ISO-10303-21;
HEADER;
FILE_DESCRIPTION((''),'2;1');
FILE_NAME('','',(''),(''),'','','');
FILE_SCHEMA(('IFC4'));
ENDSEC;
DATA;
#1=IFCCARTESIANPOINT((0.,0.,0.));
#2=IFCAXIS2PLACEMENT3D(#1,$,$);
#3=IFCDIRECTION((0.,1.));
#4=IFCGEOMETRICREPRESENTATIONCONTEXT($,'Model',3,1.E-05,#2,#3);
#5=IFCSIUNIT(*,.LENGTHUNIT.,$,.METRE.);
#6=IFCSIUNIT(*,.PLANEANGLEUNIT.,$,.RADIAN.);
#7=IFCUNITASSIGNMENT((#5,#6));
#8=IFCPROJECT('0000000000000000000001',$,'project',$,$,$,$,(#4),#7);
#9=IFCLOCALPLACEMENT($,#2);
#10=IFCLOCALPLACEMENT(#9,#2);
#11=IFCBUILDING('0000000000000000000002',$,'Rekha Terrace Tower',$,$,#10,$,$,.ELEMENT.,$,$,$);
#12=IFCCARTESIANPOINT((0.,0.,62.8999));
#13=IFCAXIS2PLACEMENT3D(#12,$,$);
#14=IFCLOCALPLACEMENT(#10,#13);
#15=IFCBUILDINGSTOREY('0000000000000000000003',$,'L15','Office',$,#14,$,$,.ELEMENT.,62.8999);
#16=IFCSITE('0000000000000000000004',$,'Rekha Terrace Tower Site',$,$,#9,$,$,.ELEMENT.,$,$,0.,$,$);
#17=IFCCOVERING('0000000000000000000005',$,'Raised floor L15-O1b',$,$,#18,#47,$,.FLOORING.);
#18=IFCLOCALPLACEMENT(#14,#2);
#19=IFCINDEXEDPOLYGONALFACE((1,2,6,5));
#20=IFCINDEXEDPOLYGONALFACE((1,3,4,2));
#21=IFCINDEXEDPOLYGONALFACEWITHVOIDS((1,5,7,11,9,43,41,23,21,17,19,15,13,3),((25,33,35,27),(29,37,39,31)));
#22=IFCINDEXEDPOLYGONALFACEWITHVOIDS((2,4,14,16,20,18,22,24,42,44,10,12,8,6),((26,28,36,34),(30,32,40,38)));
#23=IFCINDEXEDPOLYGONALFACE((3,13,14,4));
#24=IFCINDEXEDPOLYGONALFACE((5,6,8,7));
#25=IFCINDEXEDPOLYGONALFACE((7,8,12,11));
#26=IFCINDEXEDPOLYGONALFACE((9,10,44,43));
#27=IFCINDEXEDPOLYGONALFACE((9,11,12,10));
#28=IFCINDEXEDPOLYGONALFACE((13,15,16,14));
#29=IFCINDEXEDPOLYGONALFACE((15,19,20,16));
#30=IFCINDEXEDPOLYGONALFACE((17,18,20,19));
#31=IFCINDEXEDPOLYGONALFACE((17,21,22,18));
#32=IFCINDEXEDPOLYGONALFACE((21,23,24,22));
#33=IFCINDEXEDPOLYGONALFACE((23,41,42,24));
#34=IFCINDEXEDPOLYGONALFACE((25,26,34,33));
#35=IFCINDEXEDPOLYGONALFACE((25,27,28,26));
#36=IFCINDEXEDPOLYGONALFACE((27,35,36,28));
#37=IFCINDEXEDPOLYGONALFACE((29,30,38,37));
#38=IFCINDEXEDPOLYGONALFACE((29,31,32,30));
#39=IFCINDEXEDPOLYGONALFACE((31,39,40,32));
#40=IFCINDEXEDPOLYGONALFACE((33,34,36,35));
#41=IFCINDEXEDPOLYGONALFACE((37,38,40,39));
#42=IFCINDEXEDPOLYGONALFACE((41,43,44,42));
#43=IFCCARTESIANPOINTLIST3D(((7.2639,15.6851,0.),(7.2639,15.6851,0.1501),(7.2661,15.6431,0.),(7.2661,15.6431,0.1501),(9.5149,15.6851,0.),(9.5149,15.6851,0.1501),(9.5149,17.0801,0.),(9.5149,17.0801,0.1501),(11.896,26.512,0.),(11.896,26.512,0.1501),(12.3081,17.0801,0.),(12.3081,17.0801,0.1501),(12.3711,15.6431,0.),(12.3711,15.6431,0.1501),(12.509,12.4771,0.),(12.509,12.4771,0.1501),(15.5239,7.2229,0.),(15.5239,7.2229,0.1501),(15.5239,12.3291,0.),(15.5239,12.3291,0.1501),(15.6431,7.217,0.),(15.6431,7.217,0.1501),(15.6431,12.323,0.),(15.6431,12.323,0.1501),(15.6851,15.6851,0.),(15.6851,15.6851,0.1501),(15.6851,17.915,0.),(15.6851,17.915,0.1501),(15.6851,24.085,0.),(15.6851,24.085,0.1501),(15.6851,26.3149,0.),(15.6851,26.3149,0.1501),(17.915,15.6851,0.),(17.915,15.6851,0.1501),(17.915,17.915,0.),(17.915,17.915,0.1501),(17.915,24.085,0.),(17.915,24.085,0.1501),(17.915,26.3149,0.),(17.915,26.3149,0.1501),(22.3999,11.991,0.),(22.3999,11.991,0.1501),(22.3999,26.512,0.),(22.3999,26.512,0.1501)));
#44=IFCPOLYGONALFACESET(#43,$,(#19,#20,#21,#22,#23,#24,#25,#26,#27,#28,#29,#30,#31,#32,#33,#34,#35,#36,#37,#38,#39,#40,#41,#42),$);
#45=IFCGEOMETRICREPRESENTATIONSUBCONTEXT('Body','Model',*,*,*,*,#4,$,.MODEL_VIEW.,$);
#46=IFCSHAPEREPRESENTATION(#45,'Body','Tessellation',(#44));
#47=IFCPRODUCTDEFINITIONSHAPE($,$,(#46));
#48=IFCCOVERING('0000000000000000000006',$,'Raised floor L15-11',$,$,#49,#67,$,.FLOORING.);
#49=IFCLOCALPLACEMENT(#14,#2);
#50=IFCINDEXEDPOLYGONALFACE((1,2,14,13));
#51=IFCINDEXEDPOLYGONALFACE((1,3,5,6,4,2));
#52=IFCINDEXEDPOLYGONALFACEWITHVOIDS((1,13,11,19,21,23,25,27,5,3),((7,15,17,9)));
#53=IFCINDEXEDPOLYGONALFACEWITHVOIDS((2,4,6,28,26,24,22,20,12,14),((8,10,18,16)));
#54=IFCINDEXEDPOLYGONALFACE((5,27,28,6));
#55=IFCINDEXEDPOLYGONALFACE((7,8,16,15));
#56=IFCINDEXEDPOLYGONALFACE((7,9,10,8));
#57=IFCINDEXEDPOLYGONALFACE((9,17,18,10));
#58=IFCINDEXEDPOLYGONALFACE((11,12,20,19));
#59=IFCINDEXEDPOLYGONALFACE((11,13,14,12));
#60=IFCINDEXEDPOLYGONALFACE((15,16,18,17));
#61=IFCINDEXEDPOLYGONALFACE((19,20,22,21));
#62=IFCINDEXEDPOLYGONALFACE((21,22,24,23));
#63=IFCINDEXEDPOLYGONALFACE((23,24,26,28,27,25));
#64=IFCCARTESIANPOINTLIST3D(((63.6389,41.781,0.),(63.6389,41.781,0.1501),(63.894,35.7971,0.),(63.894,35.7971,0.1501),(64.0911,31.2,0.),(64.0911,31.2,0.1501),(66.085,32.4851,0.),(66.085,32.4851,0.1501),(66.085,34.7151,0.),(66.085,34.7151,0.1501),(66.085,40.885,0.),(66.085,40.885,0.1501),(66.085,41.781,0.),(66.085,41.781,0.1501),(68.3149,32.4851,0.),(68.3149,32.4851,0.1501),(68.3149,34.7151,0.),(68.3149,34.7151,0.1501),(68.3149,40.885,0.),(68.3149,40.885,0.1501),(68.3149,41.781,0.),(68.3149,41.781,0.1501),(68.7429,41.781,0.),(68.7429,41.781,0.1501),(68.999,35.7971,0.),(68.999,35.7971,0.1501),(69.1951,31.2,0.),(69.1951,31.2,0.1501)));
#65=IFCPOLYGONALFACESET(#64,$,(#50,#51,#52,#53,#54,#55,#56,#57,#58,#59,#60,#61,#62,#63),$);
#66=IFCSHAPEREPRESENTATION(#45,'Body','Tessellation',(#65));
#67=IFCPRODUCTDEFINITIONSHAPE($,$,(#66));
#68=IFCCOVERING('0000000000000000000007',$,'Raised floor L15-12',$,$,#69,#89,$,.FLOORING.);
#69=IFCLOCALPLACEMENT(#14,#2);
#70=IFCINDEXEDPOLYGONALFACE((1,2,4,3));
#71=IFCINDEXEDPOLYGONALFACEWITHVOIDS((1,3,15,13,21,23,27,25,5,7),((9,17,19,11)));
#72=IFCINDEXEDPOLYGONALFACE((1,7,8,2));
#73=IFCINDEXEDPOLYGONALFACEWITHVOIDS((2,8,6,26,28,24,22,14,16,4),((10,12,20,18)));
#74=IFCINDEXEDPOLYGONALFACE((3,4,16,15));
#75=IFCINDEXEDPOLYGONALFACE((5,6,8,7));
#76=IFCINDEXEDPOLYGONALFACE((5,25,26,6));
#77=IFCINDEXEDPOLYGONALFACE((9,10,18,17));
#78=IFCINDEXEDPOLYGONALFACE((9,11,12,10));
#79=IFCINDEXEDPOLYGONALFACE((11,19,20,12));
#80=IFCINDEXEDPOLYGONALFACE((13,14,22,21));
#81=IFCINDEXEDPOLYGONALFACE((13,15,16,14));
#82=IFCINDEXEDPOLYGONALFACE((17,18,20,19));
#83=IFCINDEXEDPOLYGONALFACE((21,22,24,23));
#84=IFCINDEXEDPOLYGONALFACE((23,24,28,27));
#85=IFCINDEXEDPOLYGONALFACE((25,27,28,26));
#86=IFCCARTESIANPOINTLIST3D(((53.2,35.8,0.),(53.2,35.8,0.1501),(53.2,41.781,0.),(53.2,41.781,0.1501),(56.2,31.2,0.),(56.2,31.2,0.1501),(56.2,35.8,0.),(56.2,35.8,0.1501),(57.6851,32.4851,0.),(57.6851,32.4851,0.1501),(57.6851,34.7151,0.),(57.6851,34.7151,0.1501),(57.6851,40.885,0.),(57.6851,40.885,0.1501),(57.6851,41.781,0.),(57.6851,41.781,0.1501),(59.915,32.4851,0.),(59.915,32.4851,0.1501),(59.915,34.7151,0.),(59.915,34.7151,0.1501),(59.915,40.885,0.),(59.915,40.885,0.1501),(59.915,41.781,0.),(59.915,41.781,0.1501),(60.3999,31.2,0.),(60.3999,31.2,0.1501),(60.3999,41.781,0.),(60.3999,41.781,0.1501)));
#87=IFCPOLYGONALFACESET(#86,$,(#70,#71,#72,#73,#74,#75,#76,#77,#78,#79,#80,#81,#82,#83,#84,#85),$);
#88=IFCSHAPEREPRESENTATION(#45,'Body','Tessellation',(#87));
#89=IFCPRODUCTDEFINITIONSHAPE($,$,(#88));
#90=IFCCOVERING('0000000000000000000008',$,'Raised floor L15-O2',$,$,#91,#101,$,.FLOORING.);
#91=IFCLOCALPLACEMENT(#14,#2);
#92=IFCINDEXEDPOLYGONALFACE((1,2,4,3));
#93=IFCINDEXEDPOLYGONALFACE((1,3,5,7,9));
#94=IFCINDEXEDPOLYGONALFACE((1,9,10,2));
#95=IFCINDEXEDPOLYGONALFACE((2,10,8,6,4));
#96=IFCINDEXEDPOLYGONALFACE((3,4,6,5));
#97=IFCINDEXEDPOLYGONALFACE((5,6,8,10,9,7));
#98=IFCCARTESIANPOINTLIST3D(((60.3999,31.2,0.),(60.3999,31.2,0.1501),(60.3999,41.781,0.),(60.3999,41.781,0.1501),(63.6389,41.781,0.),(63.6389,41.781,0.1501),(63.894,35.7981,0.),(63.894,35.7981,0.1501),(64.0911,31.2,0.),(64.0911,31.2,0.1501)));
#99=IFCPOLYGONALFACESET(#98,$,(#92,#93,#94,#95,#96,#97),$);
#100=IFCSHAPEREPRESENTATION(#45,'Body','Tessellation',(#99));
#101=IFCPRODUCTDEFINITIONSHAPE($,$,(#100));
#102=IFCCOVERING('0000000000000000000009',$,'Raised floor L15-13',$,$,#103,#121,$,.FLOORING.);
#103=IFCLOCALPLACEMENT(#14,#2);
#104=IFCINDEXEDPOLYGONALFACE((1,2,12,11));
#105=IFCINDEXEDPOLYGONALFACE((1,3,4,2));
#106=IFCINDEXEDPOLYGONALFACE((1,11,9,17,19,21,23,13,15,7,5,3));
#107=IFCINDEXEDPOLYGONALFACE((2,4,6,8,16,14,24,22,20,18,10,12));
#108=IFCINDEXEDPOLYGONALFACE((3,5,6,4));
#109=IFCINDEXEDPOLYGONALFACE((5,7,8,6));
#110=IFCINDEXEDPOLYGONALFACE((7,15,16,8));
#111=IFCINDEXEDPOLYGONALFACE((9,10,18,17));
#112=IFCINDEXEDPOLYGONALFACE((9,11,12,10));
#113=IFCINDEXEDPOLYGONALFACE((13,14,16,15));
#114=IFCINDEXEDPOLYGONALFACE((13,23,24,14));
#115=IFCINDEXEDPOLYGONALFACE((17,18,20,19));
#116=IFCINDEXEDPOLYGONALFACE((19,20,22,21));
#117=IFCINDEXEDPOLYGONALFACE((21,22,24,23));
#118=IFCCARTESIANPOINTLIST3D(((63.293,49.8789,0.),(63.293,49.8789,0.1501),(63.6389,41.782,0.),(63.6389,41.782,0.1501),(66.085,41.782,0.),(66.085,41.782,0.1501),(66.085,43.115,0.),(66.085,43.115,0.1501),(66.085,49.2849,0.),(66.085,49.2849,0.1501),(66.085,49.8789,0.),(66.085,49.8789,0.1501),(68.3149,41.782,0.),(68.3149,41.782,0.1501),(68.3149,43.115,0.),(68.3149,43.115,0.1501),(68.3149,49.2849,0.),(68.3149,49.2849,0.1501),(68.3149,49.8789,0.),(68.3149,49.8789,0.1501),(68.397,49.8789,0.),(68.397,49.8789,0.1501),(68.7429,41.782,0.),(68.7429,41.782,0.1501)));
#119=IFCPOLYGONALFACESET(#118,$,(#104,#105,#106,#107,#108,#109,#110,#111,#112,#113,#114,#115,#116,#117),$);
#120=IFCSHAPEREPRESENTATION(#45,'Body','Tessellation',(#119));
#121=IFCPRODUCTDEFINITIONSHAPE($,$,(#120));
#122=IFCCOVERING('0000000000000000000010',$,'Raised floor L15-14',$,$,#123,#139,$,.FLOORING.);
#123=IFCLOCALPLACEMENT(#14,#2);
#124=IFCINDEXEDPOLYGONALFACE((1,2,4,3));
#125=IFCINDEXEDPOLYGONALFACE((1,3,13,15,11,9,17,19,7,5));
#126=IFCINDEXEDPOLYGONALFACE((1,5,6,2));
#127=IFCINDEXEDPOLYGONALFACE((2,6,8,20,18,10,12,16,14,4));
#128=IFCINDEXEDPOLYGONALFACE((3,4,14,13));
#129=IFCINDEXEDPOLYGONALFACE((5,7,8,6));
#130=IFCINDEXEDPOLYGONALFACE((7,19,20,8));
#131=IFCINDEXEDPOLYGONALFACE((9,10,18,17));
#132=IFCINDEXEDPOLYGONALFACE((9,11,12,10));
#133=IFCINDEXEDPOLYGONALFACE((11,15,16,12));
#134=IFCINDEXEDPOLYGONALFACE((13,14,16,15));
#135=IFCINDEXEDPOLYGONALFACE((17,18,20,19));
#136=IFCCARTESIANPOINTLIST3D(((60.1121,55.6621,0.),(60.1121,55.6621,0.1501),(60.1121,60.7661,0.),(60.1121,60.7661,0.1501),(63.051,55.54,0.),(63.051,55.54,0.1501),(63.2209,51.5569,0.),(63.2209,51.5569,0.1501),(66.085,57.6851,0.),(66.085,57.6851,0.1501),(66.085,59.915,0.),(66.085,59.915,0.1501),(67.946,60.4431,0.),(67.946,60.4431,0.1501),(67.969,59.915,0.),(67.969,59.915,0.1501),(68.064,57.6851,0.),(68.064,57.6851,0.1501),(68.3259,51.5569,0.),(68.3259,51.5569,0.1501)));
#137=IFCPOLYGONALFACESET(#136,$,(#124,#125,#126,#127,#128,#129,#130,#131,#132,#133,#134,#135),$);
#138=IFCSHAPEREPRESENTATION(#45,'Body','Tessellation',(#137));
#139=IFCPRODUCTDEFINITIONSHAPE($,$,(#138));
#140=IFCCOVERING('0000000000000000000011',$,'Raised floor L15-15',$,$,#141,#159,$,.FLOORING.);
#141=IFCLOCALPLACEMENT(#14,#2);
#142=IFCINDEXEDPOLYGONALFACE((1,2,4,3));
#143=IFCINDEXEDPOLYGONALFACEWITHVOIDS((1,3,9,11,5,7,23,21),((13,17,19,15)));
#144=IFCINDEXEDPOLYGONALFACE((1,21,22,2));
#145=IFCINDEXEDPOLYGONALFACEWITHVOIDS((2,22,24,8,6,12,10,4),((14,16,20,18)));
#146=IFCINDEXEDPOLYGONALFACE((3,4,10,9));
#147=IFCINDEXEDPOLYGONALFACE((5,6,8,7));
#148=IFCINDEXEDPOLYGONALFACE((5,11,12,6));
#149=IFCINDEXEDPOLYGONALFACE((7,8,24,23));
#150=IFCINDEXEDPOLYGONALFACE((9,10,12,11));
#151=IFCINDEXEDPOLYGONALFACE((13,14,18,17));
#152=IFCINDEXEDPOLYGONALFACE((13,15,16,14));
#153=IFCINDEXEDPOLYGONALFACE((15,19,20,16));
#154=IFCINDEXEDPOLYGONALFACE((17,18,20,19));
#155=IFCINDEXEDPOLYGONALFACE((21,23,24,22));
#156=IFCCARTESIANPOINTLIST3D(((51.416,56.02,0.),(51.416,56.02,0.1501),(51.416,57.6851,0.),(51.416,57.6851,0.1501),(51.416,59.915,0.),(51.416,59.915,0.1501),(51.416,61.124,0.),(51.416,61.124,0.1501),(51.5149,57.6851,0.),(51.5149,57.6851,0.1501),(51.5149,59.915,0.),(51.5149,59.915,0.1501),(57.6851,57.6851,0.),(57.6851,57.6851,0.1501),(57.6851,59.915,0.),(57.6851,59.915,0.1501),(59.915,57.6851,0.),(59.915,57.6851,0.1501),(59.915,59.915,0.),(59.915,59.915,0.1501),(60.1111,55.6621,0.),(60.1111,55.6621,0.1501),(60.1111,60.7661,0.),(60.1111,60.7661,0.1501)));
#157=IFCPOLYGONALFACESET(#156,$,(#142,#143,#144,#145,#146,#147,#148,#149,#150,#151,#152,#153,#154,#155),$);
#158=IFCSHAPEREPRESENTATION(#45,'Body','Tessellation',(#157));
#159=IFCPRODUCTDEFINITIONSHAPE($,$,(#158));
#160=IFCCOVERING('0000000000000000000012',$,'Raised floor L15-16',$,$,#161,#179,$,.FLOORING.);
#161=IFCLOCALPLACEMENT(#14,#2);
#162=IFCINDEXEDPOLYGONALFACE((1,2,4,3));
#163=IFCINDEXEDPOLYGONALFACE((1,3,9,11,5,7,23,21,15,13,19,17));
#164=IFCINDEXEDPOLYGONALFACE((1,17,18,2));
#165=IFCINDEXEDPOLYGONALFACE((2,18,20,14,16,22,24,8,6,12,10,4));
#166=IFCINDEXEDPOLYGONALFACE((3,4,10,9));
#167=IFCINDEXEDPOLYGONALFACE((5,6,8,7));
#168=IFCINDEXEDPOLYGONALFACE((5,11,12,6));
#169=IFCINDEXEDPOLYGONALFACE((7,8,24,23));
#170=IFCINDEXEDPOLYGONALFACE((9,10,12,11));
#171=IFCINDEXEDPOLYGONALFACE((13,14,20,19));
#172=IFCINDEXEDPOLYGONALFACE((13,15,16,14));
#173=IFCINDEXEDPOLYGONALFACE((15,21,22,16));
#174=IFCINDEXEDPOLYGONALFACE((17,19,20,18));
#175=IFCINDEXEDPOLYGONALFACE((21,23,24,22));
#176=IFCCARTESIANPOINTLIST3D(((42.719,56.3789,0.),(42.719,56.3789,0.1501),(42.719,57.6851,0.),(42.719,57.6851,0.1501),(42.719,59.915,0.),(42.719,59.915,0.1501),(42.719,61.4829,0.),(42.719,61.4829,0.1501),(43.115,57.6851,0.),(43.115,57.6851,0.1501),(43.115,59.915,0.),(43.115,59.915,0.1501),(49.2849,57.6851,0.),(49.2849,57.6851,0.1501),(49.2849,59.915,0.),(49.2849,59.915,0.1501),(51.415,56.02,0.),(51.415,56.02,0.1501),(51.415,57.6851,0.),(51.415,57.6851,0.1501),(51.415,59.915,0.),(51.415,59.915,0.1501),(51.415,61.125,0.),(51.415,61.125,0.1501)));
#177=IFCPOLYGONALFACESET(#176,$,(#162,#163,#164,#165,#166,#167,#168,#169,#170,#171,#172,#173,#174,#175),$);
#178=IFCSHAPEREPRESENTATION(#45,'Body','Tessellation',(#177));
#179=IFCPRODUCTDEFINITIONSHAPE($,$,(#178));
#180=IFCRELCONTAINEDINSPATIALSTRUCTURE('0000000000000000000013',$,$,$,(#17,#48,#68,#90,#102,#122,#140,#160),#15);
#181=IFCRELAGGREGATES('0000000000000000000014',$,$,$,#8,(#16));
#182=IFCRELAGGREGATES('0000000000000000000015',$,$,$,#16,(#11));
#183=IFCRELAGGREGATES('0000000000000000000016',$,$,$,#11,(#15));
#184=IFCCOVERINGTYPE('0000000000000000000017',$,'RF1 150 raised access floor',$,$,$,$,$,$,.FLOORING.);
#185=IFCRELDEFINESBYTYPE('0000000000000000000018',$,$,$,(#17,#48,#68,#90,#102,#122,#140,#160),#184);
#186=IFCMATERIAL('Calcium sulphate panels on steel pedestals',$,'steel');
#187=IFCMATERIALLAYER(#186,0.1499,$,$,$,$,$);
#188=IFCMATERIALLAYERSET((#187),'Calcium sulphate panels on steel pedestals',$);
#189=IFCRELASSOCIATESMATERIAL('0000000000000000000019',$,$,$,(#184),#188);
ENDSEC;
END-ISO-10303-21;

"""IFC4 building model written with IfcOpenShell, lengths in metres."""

from ifc_helpers import new_model, si_unit, direction, frame, origin, place, context, subcontext, project, spatial, polyline, outline, extrude, material, layer, layer_set, type_object, element, save


model = new_model("IFC4")

# Units and contexts
model_context = context("Model", 3, precision=1e-05, world=origin(), true_north=direction((0.0, 1.0)))
body_context = subcontext(model_context, "Body", "Model", "MODEL_VIEW")
ifc_project = project(units=[si_unit("LENGTHUNIT", "METRE"), si_unit("PLANEANGLEUNIT", "RADIAN")], contexts=[model_context])

# Site, building, storey
site_placement = place(None, origin())
site = spatial("IfcSite", under=ifc_project, at=site_placement, Name="Rekha Terrace Tower Site", CompositionType="ELEMENT", RefElevation=0.0)
building_placement = place(site_placement, origin())
building = spatial("IfcBuilding", under=site, at=building_placement, Name="Rekha Terrace Tower", CompositionType="ELEMENT")
storey_placement = place(building_placement, frame((0.0, 0.0, 62.8999)))
storey = spatial("IfcBuildingStorey", under=building, at=storey_placement, Name="L15", Description="Office", CompositionType="ELEMENT", Elevation=62.8999)

# Coverings
ifc_material_1 = material(Name="Calcium sulphate panels on steel pedestals", Category="steel")
ifc_layer_1 = layer(ifc_material_1, 0.1499)
ifc_layer_set_1 = layer_set([ifc_layer_1], Name="Calcium sulphate panels on steel pedestals")
covering_type_1 = type_object("IfcCoveringType", Name="RF1 150 raised access floor", PredefinedType="FLOORING", material=ifc_layer_set_1)
covering_1_placement = place(storey_placement, origin())
element("IfcCovering", 1, at=covering_1_placement, inside=storey, type_object=covering_type_1, Name="Raised floor L15-O1b", PredefinedType="FLOORING", context=body_context, shape_type="SweptSolid", body=[
    extrude(outline(polyline([(9.5149, 15.6851), (7.2639, 15.6851), (7.2661, 15.6431), (12.3711, 15.6431), (12.509, 12.4771), (15.5239, 12.3291), (15.5239, 7.2229), (15.6431, 7.217), (15.6431, 12.323), (22.3999, 11.991), (22.3999, 26.512), (11.896, 26.512), (12.3081, 17.0801), (9.5149, 17.0801), (9.5149, 15.6851)]), holes=[polyline([(17.915, 15.6851), (15.6851, 15.6851), (15.6851, 17.915), (17.915, 17.915), (17.915, 15.6851)]), polyline([(17.915, 24.085), (15.6851, 24.085), (15.6851, 26.3149), (17.915, 26.3149), (17.915, 24.085)])]), origin(), (0.0, 0.0, 1.0), 0.1501),
])
covering_2_placement = place(storey_placement, origin())
element("IfcCovering", 2, at=covering_2_placement, inside=storey, type_object=covering_type_1, Name="Raised floor L15-11", PredefinedType="FLOORING", context=body_context, shape_type="SweptSolid", body=[
    extrude(outline(polyline([(69.1951, 31.2), (68.999, 35.7971), (68.7429, 41.781), (68.3149, 41.781), (68.3149, 40.885), (66.085, 40.885), (66.085, 41.781), (63.6389, 41.781), (63.894, 35.7971), (64.0911, 31.2), (69.1951, 31.2)]), holes=[polyline([(68.3149, 32.4851), (66.085, 32.4851), (66.085, 34.7151), (68.3149, 34.7151), (68.3149, 32.4851)])]), origin(), (0.0, 0.0, 1.0), 0.1501),
])
covering_3_placement = place(storey_placement, origin())
element("IfcCovering", 3, at=covering_3_placement, inside=storey, type_object=covering_type_1, Name="Raised floor L15-12", PredefinedType="FLOORING", context=body_context, shape_type="SweptSolid", body=[
    extrude(outline(polyline([(57.6851, 40.885), (57.6851, 41.781), (53.2, 41.781), (53.2, 35.8), (56.2, 35.8), (56.2, 31.2), (60.3999, 31.2), (60.3999, 41.781), (59.915, 41.781), (59.915, 40.885), (57.6851, 40.885)]), holes=[polyline([(59.915, 32.4851), (57.6851, 32.4851), (57.6851, 34.7151), (59.915, 34.7151), (59.915, 32.4851)])]), origin(), (0.0, 0.0, 1.0), 0.1501),
])
covering_4_placement = place(storey_placement, origin())
element("IfcCovering", 4, at=covering_4_placement, inside=storey, type_object=covering_type_1, Name="Raised floor L15-O2", PredefinedType="FLOORING", context=body_context, shape_type="SweptSolid", body=[
    extrude(outline(polyline([(64.0911, 31.2), (63.894, 35.7981), (63.6389, 41.781), (60.3999, 41.781), (60.3999, 31.2), (64.0911, 31.2)])), origin(), (0.0, 0.0, 1.0), 0.1501),
])
covering_5_placement = place(storey_placement, origin())
element("IfcCovering", 5, at=covering_5_placement, inside=storey, type_object=covering_type_1, Name="Raised floor L15-13", PredefinedType="FLOORING", context=body_context, shape_type="SweptSolid", body=[
    extrude(outline(polyline([(66.085, 49.2849), (66.085, 49.8789), (63.293, 49.8789), (63.6389, 41.782), (66.085, 41.782), (66.085, 43.115), (68.3149, 43.115), (68.3149, 41.782), (68.7429, 41.782), (68.397, 49.8789), (68.3149, 49.8789), (68.3149, 49.2849), (66.085, 49.2849)])), origin(), (0.0, 0.0, 1.0), 0.1501),
])
covering_6_placement = place(storey_placement, origin())
element("IfcCovering", 6, at=covering_6_placement, inside=storey, type_object=covering_type_1, Name="Raised floor L15-14", PredefinedType="FLOORING", context=body_context, shape_type="SweptSolid", body=[
    extrude(outline(polyline([(67.946, 60.4431), (60.1121, 60.7661), (60.1121, 55.6621), (63.051, 55.54), (63.2209, 51.5569), (68.3259, 51.5569), (68.064, 57.6851), (66.085, 57.6851), (66.085, 59.915), (67.969, 59.915), (67.946, 60.4431)])), origin(), (0.0, 0.0, 1.0), 0.1501),
])
covering_7_placement = place(storey_placement, origin())
element("IfcCovering", 7, at=covering_7_placement, inside=storey, type_object=covering_type_1, Name="Raised floor L15-15", PredefinedType="FLOORING", context=body_context, shape_type="SweptSolid", body=[
    extrude(outline(polyline([(60.1111, 55.6621), (60.1111, 60.7661), (51.416, 61.124), (51.416, 59.915), (51.5149, 59.915), (51.5149, 57.6851), (51.416, 57.6851), (51.416, 56.02), (60.1111, 55.6621)]), holes=[polyline([(59.915, 57.6851), (57.6851, 57.6851), (57.6851, 59.915), (59.915, 59.915), (59.915, 57.6851)])]), origin(), (0.0, 0.0, 1.0), 0.1501),
])
covering_8_placement = place(storey_placement, origin())
element("IfcCovering", 8, at=covering_8_placement, inside=storey, type_object=covering_type_1, Name="Raised floor L15-16", PredefinedType="FLOORING", context=body_context, shape_type="SweptSolid", body=[
    extrude(outline(polyline([(51.415, 59.915), (51.415, 61.125), (42.719, 61.4829), (42.719, 59.915), (43.115, 59.915), (43.115, 57.6851), (42.719, 57.6851), (42.719, 56.3789), (51.415, 56.02), (51.415, 57.6851), (49.2849, 57.6851), (49.2849, 59.915), (51.415, 59.915)])), origin(), (0.0, 0.0, 1.0), 0.1501),
])

save(model, "model.ifc")
